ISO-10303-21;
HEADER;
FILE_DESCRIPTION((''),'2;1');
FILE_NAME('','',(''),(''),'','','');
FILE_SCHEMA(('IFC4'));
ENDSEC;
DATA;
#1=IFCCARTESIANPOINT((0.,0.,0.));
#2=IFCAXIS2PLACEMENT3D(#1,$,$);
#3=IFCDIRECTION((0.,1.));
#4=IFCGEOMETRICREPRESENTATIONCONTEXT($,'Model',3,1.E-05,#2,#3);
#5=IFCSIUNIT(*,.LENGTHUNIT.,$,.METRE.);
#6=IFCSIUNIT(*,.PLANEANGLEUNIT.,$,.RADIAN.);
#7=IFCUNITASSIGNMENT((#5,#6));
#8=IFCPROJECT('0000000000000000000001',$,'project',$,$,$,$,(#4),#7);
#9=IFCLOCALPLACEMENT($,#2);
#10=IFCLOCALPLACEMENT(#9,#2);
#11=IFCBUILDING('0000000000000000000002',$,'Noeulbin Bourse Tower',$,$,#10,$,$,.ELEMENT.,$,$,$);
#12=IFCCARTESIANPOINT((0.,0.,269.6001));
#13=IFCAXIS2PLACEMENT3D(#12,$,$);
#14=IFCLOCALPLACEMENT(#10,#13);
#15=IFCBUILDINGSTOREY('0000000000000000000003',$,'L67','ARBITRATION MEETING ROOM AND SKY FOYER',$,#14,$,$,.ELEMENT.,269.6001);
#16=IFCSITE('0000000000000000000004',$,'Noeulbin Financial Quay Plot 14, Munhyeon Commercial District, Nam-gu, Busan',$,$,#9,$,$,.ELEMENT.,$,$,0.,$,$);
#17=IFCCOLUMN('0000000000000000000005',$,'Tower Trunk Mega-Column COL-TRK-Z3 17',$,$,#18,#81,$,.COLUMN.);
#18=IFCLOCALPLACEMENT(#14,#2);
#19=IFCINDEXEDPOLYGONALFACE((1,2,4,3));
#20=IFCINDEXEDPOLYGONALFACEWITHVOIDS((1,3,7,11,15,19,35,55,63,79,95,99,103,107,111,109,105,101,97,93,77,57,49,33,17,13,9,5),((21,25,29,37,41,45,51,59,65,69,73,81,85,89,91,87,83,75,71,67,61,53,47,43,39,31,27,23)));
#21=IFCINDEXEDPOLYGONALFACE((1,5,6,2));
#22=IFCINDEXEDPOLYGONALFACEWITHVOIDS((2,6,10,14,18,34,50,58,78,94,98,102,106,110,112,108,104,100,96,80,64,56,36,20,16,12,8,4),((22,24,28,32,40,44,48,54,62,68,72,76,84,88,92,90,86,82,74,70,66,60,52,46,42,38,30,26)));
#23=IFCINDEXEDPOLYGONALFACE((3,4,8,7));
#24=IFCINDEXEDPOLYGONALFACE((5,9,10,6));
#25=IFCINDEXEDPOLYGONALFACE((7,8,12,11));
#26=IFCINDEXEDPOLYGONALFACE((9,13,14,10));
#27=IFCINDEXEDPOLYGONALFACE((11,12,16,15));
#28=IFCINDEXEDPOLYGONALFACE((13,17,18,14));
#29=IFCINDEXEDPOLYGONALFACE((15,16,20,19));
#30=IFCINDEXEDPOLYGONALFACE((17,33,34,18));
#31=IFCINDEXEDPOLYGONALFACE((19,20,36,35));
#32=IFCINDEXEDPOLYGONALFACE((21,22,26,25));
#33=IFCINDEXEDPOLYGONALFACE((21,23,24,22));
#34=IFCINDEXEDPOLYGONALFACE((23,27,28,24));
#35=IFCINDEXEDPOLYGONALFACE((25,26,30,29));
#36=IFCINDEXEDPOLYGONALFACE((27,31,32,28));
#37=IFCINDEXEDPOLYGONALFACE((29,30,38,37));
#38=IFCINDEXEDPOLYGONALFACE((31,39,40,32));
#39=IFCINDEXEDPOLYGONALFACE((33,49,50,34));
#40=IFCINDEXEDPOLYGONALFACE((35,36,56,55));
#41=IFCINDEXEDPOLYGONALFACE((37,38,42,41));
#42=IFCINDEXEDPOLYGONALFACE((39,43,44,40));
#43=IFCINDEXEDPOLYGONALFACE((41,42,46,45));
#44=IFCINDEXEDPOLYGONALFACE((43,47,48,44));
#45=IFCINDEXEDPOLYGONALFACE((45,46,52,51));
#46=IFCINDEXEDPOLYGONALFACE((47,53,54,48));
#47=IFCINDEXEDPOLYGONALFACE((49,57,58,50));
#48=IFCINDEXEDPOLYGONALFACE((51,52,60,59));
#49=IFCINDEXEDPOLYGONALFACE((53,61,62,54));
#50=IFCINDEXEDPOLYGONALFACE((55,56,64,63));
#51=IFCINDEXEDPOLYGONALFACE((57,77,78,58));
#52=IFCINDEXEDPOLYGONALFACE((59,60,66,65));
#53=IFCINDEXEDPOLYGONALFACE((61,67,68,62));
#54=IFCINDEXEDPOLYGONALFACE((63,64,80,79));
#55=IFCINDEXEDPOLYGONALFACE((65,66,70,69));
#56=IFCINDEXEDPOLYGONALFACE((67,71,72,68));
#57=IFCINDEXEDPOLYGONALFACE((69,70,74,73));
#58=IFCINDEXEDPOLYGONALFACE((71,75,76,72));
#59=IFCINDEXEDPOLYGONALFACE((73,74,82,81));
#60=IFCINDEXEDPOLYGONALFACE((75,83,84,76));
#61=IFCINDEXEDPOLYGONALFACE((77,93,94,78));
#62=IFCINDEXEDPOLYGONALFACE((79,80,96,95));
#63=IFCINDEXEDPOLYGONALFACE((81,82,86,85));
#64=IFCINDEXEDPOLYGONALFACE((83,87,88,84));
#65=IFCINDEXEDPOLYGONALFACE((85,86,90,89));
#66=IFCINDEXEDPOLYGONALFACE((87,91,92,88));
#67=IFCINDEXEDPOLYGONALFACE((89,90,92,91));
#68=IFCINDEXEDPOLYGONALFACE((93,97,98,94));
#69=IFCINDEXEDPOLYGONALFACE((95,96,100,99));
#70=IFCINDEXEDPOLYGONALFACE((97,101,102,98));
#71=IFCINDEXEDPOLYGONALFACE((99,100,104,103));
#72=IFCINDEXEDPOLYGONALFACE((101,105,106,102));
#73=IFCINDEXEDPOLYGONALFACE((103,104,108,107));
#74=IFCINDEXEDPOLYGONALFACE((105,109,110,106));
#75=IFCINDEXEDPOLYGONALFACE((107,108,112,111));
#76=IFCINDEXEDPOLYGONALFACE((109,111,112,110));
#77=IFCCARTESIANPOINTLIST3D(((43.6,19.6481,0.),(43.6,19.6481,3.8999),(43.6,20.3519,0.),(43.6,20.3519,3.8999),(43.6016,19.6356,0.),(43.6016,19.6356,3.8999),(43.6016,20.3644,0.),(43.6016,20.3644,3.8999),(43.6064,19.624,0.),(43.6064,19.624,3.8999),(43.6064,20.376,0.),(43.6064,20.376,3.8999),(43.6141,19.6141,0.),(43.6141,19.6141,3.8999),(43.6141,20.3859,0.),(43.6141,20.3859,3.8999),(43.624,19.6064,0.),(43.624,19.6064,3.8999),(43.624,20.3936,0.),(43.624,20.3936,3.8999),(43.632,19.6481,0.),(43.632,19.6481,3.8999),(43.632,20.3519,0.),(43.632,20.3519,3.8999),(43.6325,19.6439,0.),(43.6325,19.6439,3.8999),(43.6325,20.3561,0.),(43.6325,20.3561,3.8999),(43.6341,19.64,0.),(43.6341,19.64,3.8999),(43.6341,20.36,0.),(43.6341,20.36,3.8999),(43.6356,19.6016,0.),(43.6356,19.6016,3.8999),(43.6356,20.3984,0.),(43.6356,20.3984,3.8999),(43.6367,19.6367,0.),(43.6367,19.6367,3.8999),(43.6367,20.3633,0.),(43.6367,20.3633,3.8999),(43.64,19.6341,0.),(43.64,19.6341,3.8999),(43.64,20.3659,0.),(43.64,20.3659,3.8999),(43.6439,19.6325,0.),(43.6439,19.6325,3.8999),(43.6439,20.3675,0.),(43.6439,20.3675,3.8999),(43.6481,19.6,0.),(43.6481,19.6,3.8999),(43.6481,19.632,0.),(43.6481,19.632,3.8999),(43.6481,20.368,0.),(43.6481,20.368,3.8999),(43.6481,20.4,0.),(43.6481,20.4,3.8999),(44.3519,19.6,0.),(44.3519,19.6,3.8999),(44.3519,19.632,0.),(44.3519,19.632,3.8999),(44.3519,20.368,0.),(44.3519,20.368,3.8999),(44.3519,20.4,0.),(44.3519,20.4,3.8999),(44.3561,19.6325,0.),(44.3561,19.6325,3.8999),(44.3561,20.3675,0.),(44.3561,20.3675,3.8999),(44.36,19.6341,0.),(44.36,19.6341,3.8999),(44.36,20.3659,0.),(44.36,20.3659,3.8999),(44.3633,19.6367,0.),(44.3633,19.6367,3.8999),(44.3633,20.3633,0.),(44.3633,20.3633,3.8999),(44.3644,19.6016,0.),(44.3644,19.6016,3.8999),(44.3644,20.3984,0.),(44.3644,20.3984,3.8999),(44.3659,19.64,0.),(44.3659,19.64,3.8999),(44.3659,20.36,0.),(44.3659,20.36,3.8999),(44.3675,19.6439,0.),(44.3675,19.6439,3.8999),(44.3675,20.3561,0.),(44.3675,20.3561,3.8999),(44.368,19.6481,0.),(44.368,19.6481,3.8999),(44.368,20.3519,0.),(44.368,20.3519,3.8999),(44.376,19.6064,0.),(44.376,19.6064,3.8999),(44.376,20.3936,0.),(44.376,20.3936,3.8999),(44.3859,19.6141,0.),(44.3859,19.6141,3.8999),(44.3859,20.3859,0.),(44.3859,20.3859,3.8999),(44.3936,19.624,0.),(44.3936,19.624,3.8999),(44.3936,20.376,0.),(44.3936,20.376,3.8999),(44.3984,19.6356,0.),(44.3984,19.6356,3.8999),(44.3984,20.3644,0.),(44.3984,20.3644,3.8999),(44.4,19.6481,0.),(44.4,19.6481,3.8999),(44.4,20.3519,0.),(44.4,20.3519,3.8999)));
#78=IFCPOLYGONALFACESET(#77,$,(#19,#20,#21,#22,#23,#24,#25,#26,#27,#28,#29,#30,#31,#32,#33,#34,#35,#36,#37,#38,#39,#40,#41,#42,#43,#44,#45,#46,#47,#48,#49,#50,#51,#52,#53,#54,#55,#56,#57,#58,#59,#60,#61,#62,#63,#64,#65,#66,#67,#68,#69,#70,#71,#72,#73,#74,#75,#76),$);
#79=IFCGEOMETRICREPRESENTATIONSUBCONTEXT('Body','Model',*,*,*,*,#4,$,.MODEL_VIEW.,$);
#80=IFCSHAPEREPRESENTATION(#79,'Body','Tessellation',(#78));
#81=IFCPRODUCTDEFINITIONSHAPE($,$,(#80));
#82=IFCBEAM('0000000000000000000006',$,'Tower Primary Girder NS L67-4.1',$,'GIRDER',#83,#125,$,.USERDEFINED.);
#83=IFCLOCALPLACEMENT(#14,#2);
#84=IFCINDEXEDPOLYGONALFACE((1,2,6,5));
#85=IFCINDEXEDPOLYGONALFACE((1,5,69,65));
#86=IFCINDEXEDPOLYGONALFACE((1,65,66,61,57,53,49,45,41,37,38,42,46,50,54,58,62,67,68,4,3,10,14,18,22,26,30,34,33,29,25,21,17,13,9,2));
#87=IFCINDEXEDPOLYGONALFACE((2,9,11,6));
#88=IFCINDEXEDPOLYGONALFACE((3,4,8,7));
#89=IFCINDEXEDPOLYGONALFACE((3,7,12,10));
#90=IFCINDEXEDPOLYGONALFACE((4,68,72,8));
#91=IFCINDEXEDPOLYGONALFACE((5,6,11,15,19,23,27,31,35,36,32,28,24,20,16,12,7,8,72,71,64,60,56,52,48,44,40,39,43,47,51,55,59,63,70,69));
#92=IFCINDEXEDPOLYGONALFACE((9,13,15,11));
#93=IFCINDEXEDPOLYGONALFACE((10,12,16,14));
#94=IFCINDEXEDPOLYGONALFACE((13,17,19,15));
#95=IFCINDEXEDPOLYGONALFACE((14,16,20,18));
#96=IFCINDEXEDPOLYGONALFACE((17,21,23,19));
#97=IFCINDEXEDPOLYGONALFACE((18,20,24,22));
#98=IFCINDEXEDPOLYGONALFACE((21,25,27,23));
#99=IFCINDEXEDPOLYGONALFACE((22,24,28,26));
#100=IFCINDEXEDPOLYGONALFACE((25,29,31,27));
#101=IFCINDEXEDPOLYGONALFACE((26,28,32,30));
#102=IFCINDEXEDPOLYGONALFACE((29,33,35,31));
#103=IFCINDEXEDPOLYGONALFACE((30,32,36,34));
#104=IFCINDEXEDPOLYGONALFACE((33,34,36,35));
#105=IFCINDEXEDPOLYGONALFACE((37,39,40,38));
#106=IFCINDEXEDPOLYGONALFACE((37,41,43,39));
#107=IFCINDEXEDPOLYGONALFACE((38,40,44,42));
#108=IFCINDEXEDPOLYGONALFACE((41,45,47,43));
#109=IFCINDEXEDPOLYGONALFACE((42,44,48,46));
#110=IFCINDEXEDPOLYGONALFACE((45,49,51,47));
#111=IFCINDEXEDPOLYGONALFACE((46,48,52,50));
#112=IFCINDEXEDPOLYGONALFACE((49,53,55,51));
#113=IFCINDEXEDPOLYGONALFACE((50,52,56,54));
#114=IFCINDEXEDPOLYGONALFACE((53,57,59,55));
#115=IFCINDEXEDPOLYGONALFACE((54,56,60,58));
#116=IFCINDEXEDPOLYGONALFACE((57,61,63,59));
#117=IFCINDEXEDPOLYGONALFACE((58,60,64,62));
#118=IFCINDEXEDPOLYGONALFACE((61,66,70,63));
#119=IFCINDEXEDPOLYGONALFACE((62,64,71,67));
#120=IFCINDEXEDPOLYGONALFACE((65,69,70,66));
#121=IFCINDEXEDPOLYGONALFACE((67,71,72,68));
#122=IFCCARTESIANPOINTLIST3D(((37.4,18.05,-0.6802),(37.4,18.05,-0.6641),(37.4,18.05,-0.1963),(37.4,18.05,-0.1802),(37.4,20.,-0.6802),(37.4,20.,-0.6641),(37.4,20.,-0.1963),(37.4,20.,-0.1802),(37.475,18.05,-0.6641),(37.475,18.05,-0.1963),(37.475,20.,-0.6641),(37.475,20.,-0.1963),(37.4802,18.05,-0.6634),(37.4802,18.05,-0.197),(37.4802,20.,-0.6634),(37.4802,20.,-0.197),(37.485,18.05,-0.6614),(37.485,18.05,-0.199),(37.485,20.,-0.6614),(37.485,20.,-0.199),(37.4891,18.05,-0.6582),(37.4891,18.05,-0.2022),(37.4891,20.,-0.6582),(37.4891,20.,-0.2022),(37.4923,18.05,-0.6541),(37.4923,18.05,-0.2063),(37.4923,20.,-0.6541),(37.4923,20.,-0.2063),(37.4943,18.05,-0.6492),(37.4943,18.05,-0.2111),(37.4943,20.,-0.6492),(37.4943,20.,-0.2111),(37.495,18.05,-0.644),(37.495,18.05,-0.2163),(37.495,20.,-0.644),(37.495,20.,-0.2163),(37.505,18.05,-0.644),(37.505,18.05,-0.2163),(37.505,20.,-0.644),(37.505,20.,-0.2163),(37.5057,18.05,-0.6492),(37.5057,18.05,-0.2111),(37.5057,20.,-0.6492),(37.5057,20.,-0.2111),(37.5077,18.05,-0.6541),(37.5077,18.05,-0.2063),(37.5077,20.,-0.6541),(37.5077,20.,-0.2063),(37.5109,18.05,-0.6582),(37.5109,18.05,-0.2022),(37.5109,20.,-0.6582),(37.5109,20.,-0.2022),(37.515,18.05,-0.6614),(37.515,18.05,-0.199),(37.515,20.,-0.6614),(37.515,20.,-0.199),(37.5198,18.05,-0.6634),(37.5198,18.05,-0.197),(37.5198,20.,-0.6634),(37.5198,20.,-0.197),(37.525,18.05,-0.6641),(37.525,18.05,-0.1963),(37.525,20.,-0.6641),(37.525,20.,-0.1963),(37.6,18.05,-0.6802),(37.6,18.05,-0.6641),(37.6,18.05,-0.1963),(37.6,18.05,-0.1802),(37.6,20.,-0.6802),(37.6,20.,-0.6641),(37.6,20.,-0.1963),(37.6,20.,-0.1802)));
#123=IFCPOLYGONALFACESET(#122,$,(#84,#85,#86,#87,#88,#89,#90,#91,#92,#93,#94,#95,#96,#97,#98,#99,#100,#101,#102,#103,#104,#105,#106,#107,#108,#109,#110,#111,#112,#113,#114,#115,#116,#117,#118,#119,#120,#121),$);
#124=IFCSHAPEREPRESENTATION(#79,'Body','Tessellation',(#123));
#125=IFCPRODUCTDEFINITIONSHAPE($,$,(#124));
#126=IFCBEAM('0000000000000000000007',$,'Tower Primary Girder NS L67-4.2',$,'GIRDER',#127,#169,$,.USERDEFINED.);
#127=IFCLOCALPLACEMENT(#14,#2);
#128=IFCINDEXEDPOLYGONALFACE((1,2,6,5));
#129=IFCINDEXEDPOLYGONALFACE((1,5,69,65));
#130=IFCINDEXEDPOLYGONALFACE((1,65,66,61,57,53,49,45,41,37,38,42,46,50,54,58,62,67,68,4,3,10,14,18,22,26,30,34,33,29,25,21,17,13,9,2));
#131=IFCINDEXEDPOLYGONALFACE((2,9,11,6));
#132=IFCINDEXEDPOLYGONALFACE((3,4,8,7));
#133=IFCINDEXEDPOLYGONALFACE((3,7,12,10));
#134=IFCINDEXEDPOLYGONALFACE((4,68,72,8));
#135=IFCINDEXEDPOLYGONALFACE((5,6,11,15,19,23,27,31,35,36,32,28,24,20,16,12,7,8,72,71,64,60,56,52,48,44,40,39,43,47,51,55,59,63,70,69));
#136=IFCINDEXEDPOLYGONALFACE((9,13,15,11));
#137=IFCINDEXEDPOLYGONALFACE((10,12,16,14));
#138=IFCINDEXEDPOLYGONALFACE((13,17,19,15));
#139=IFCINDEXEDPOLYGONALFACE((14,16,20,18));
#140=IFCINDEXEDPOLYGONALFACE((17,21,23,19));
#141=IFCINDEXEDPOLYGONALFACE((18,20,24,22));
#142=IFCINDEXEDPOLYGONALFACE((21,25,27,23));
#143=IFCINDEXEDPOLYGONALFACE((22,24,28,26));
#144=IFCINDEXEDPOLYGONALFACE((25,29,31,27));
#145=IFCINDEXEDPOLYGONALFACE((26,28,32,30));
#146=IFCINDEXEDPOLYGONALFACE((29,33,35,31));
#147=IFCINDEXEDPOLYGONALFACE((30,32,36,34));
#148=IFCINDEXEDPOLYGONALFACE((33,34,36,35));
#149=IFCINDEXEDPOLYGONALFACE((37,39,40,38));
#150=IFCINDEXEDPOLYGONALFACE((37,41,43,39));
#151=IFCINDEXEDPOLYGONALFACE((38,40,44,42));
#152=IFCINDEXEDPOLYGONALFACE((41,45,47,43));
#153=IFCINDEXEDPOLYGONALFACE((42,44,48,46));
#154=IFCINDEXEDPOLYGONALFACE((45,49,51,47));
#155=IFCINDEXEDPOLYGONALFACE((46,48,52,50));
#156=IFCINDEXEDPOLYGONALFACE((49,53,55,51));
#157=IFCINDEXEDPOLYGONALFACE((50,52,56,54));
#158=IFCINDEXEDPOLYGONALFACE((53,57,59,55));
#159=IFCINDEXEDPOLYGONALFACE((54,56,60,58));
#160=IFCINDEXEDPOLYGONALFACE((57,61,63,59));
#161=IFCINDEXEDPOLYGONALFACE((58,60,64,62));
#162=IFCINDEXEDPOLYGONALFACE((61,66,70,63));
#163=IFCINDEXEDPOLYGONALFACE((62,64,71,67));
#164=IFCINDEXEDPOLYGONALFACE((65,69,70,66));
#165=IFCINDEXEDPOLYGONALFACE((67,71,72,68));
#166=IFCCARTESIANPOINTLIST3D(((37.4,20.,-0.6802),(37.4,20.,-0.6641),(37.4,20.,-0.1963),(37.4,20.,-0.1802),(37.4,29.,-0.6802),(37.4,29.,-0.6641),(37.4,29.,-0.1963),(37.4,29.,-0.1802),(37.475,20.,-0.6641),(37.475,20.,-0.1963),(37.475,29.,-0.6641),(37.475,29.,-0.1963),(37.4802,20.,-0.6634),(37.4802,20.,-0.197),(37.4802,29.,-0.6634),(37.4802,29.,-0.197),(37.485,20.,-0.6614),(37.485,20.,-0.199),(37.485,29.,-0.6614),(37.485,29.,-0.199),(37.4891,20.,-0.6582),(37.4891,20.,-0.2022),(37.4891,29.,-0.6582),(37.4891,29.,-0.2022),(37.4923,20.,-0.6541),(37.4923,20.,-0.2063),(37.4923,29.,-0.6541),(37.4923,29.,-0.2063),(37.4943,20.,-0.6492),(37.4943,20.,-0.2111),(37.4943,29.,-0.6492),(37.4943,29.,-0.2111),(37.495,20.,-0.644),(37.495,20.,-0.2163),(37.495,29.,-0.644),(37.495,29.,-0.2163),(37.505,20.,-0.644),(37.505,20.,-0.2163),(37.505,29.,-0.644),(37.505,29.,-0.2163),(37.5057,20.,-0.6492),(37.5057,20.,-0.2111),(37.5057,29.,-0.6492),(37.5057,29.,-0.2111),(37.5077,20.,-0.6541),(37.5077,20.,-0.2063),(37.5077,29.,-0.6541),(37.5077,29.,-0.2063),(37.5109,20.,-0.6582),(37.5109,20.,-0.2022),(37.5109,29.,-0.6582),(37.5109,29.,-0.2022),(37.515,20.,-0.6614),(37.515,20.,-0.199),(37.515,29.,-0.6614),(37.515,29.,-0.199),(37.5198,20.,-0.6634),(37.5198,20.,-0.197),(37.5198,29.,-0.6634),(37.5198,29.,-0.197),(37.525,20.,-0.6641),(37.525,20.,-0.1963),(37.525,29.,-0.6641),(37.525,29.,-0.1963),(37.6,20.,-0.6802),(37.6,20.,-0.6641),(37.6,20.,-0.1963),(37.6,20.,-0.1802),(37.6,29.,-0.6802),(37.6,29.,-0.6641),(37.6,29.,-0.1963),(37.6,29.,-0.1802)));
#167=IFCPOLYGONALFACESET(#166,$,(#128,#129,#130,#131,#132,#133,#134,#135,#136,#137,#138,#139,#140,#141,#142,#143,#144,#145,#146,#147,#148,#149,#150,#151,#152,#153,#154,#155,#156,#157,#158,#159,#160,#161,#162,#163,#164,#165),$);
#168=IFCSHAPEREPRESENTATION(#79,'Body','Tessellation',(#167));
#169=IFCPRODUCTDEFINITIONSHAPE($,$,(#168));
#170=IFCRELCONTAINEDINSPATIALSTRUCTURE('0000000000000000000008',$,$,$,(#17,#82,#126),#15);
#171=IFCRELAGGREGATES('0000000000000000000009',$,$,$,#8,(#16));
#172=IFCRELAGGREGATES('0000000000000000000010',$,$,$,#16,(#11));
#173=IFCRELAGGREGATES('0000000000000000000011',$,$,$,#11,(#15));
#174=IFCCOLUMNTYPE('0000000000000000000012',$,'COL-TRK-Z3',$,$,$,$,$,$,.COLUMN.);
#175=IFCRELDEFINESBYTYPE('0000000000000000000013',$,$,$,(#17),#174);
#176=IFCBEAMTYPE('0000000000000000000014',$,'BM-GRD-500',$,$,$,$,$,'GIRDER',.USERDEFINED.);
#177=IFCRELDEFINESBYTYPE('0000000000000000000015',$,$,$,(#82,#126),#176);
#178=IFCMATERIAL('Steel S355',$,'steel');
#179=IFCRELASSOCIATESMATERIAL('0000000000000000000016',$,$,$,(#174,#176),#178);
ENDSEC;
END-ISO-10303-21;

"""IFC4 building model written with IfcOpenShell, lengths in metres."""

from ifc_helpers import new_model, si_unit, direction, frame, origin, origin_2d, place, context, subcontext, project, spatial, hollow_rectangle, i_section, extrude, material, material_profile, profile_set, type_object, element, save


model = new_model("IFC4")

# Units and contexts
model_context = context("Model", 3, precision=1e-05, world=origin(), true_north=direction((0.0, 1.0)))
body_context = subcontext(model_context, "Body", "Model", "MODEL_VIEW")
ifc_project = project(units=[si_unit("LENGTHUNIT", "METRE"), si_unit("PLANEANGLEUNIT", "RADIAN")], contexts=[model_context])

# Site, building, storey
site_placement = place(None, origin())
site = spatial("IfcSite", under=ifc_project, at=site_placement, Name="Noeulbin Financial Quay Plot 14, Munhyeon Commercial District, Nam-gu, Busan", CompositionType="ELEMENT", RefElevation=0.0)
building_placement = place(site_placement, origin())
building = spatial("IfcBuilding", under=site, at=building_placement, Name="Noeulbin Bourse Tower", CompositionType="ELEMENT")
storey_placement = place(building_placement, frame((0.0, 0.0, 269.6001)))
storey = spatial("IfcBuildingStorey", under=building, at=storey_placement, Name="L67", Description="ARBITRATION MEETING ROOM AND SKY FOYER", CompositionType="ELEMENT", Elevation=269.6001)

# Column
ifc_material_1 = material(Name="Steel S355", Category="steel")
ifc_material_profile_1 = material_profile(ifc_material_1, hollow_rectangle(XDim=0.8, YDim=0.8, WallThickness=0.032, InnerFilletRadius=0.0161, OuterFilletRadius=0.0481, at=origin_2d()), Name="BOX-800x800x32", Category="LoadBearing")
ifc_profile_set_1 = profile_set([ifc_material_profile_1], Name="Steel S355")
column_type = type_object("IfcColumnType", Name="COL-TRK-Z3", PredefinedType="COLUMN", material=ifc_profile_set_1)
for number, where, z_axis, x_axis, name in (
    (1, (44.0, 20.0, 0.0), (0.0, 0.0, 1.0), (1.0, 0.0, 0.0), "Tower Trunk Mega-Column COL-TRK-Z3 17"),
):
    element("IfcColumn", number, at=place(storey_placement, frame(where, z_axis=z_axis, x_axis=x_axis)), inside=storey, type_object=column_type, Name=name, PredefinedType="COLUMN", context=body_context, shape_type="SweptSolid", body=[
        extrude(hollow_rectangle(XDim=0.8, YDim=0.8, WallThickness=0.032, InnerFilletRadius=0.0161, OuterFilletRadius=0.0481, at=origin_2d()), origin(), (0.0, 0.0, 1.0), 3.8999),
    ])

# Beams
ifc_material_profile_2 = material_profile(ifc_material_1, i_section(OverallWidth=0.2, OverallDepth=0.5, WebThickness=0.01, FlangeThickness=0.0161, FilletRadius=0.02, at=origin_2d()), Name="H-500x200x10x16", Category="LoadBearing")
ifc_profile_set_2 = profile_set([ifc_material_profile_2], Name="Steel S355")
beam_type_1 = type_object("IfcBeamType", Name="BM-GRD-500", ElementType="GIRDER", PredefinedType="USERDEFINED", material=ifc_profile_set_2)
beam_1_placement = place(storey_placement, frame((37.5, 18.05, -0.4302), z_axis=(0.0, 1.0, 0.0), x_axis=(-1.0, 0.0, 0.0)))
element("IfcBeam", 2, at=beam_1_placement, inside=storey, type_object=beam_type_1, Name="Tower Primary Girder NS L67-4.1", ObjectType="GIRDER", PredefinedType="USERDEFINED", context=body_context, shape_type="SweptSolid", body=[
    extrude(i_section(OverallWidth=0.2, OverallDepth=0.5, WebThickness=0.01, FlangeThickness=0.0161, FilletRadius=0.02, at=origin_2d()), origin(), (0.0, 0.0, 1.0), 1.95),
])
beam_2_placement = place(storey_placement, frame((37.5, 20.0, -0.4302), z_axis=(0.0, 1.0, 0.0), x_axis=(-1.0, 0.0, 0.0)))
element("IfcBeam", 3, at=beam_2_placement, inside=storey, type_object=beam_type_1, Name="Tower Primary Girder NS L67-4.2", ObjectType="GIRDER", PredefinedType="USERDEFINED", context=body_context, shape_type="SweptSolid", body=[
    extrude(i_section(OverallWidth=0.2, OverallDepth=0.5, WebThickness=0.01, FlangeThickness=0.0161, FilletRadius=0.02, at=origin_2d()), origin(), (0.0, 0.0, 1.0), 9.0),
])

save(model, "model.ifc")
